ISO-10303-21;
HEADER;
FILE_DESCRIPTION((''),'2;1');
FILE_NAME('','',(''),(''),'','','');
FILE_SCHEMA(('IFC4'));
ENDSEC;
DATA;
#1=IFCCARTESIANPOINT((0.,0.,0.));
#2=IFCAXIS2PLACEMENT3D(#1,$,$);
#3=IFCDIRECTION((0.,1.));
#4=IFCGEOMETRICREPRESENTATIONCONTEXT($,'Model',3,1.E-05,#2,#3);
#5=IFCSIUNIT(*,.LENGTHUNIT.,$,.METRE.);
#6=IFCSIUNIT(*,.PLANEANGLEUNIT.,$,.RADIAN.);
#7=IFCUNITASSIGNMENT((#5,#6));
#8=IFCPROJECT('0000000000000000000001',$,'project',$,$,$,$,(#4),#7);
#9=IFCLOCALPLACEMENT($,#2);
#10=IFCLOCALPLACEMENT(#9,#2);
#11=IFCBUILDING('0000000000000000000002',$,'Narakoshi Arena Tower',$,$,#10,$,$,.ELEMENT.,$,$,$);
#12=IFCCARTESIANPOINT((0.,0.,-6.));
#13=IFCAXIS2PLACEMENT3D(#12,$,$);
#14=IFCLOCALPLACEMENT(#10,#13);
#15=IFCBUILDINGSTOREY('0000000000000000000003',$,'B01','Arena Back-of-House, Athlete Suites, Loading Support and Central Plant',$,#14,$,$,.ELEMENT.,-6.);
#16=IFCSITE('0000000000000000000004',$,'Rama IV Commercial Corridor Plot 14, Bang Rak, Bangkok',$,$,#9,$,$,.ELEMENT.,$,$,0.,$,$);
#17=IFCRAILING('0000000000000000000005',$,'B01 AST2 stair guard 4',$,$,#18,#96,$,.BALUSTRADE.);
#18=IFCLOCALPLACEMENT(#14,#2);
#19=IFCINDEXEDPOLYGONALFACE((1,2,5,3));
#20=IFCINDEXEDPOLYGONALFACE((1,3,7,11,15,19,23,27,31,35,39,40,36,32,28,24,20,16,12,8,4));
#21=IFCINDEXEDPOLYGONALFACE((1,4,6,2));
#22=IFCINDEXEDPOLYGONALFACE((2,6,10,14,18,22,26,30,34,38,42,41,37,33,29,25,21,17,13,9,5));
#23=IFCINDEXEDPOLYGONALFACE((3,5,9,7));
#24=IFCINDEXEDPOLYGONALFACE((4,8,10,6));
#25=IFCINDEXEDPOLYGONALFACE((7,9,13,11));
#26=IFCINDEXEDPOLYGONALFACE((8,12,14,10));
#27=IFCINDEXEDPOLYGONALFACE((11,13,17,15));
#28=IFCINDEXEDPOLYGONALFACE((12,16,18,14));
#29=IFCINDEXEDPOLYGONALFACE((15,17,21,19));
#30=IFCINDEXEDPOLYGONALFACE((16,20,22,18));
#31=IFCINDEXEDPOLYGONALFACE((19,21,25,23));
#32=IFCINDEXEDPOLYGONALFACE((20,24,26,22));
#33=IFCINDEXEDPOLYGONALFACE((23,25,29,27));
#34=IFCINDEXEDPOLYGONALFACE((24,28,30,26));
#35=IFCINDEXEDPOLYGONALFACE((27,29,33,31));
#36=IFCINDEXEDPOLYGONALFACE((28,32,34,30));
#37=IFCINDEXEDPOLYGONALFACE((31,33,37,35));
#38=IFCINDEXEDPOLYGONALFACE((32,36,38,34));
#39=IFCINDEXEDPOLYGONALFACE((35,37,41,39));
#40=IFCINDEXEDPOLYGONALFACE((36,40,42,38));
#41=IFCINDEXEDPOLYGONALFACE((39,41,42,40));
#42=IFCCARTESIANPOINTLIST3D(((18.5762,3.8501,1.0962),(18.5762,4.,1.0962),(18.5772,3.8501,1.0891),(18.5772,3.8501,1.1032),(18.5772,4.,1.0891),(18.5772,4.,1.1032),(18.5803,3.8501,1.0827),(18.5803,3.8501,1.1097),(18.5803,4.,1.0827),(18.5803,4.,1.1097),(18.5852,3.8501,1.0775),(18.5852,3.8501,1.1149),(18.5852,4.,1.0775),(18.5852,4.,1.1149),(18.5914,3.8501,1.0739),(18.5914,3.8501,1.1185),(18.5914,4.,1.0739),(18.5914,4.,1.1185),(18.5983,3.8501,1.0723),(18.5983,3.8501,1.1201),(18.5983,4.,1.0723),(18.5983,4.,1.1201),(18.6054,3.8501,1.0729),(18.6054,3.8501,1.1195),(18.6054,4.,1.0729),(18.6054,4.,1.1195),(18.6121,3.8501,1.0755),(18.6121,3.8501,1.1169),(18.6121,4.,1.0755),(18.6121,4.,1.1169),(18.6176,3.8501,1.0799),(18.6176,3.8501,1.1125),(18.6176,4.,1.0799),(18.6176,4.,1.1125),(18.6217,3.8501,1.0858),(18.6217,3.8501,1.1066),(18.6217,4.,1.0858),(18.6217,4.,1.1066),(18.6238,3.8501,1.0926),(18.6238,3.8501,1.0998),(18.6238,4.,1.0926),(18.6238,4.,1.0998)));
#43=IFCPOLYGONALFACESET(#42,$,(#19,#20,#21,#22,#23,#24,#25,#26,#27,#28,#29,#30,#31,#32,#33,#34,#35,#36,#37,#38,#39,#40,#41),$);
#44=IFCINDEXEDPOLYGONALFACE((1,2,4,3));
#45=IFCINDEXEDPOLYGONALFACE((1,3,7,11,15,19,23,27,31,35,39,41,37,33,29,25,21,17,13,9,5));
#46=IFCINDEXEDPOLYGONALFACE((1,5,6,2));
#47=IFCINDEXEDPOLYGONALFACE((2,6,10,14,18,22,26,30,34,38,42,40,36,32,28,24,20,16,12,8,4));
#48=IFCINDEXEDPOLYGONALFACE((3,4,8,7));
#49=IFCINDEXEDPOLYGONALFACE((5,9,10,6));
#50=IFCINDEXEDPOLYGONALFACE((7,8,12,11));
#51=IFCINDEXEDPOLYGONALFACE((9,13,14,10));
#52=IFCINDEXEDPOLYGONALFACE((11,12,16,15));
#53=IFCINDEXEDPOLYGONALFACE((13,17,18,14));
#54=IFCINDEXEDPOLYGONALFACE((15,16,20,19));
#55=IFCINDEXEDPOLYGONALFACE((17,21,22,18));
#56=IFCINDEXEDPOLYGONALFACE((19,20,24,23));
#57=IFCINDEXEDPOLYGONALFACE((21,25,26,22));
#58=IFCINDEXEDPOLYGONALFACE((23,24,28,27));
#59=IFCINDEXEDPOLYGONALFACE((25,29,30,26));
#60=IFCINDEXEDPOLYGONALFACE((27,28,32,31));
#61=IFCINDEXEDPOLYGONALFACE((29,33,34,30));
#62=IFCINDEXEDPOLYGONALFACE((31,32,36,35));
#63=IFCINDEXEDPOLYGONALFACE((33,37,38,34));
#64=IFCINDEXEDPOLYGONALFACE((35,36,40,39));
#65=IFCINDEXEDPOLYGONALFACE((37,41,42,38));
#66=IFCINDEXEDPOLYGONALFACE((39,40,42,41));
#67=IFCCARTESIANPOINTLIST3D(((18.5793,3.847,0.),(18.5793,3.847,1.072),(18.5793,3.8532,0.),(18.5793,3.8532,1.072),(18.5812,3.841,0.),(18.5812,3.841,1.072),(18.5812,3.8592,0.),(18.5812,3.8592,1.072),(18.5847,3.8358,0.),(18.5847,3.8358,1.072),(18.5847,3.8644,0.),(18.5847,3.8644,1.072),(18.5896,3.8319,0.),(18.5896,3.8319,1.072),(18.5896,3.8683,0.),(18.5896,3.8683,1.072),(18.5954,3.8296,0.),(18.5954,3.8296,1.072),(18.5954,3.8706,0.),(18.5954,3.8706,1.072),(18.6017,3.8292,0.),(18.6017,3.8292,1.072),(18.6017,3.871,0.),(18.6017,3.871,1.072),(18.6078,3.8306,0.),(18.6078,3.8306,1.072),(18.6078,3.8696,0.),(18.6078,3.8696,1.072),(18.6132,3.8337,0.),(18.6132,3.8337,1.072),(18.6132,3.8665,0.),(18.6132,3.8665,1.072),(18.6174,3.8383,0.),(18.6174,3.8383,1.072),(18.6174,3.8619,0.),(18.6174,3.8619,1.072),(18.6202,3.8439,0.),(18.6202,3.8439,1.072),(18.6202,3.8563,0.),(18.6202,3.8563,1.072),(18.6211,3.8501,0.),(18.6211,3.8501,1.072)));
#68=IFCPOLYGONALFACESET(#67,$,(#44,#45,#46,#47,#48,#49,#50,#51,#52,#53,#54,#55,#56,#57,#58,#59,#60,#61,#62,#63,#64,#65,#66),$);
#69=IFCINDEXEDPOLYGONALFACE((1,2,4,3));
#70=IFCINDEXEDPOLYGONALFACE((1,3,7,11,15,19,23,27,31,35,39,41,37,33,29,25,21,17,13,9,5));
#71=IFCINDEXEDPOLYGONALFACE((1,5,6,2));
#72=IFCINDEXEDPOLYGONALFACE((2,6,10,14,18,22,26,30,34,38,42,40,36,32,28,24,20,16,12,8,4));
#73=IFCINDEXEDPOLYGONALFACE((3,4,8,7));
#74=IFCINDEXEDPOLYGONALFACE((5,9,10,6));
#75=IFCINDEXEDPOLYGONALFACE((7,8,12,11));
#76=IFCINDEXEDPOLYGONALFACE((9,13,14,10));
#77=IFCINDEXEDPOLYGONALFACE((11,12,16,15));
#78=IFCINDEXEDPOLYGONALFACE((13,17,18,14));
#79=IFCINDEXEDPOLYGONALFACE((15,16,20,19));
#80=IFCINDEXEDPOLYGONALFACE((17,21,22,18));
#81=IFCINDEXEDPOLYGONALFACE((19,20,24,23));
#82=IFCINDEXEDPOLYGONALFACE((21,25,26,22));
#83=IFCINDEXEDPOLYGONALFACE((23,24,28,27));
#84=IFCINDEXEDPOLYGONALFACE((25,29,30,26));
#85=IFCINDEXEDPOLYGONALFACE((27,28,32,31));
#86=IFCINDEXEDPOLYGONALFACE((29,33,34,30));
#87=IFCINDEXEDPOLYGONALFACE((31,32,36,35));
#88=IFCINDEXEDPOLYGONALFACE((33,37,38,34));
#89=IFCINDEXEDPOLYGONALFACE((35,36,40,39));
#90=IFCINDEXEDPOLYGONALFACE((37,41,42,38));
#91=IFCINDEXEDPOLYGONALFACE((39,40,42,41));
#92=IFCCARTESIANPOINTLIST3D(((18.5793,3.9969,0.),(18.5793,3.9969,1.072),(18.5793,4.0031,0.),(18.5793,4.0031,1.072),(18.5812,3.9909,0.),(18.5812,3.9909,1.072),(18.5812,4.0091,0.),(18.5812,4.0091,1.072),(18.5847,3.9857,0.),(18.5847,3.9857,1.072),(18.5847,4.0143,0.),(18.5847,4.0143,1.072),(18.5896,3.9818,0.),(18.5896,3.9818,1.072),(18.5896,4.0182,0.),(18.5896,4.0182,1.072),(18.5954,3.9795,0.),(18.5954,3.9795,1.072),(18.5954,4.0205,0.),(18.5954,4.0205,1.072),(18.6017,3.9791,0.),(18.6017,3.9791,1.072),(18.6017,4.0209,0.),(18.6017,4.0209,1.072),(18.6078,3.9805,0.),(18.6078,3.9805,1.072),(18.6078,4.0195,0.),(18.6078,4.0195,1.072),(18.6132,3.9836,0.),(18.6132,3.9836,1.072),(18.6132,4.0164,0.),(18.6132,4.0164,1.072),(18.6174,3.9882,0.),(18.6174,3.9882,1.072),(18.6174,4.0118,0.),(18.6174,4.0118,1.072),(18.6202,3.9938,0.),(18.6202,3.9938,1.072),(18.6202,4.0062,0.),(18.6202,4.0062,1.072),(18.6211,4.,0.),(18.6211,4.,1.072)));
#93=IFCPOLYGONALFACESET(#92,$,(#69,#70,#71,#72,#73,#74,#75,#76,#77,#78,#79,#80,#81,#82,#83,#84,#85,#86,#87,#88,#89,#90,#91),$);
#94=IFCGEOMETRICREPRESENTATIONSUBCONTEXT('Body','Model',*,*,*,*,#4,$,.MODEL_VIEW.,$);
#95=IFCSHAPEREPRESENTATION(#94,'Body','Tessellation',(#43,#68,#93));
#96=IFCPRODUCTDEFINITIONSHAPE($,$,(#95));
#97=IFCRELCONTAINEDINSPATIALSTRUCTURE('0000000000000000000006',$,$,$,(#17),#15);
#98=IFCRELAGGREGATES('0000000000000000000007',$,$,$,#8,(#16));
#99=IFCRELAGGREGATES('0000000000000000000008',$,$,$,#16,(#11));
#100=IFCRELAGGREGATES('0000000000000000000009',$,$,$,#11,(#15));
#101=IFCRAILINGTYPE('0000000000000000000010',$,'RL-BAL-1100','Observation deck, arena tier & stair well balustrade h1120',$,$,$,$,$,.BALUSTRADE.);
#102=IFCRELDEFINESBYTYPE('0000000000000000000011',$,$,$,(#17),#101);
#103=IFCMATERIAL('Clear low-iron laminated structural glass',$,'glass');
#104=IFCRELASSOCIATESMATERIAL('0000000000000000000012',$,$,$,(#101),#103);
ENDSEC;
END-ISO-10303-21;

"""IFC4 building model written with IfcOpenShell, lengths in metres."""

from ifc_helpers import new_model, si_unit, direction, frame, origin, origin_2d, place, context, subcontext, project, spatial, circle, extrude, material, type_object, element, save


model = new_model("IFC4")

# Units and contexts
model_context = context("Model", 3, precision=1e-05, world=origin(), true_north=direction((0.0, 1.0)))
body_context = subcontext(model_context, "Body", "Model", "MODEL_VIEW")
ifc_project = project(units=[si_unit("LENGTHUNIT", "METRE"), si_unit("PLANEANGLEUNIT", "RADIAN")], contexts=[model_context])

# Site, building, storey
site_placement = place(None, origin())
site = spatial("IfcSite", under=ifc_project, at=site_placement, Name="Rama IV Commercial Corridor Plot 14, Bang Rak, Bangkok", CompositionType="ELEMENT", RefElevation=0.0)
building_placement = place(site_placement, origin())
building = spatial("IfcBuilding", under=site, at=building_placement, Name="Narakoshi Arena Tower", CompositionType="ELEMENT")
storey_placement = place(building_placement, frame((0.0, 0.0, -6.0)))
storey = spatial("IfcBuildingStorey", under=building, at=storey_placement, Name="B01", Description="Arena Back-of-House, Athlete Suites, Loading Support and Central Plant", CompositionType="ELEMENT", Elevation=-6.0)

# Railing
ifc_material_1 = material(Name="Clear low-iron laminated structural glass", Category="glass")
railing_type_1 = type_object("IfcRailingType", Name="RL-BAL-1100", Description="Observation deck, arena tier & stair well balustrade h1120", PredefinedType="BALUSTRADE", material=ifc_material_1)
railing_1_placement = place(storey_placement, frame((18.6001, 3.8501, 0.0)))
element("IfcRailing", 1, at=railing_1_placement, inside=storey, type_object=railing_type_1, Name="B01 AST2 stair guard 4", PredefinedType="BALUSTRADE", context=body_context, shape_type="SweptSolid", body=[
    extrude(circle(Radius=0.0239, at=origin_2d()), frame((0.0, 0.0, 1.0962), z_axis=(0.0, 1.0, 0.0), x_axis=(-1.0, 0.0, 0.0)), (0.0, 0.0, 1.0), 0.1499),
    extrude(circle(Radius=0.021, at=origin_2d()), origin(), (0.0, 0.0, 1.0), 1.072),
    extrude(circle(Radius=0.021, at=origin_2d()), frame((0.0, 0.1499, 0.0)), (0.0, 0.0, 1.0), 1.072),
])

save(model, "model.ifc")
